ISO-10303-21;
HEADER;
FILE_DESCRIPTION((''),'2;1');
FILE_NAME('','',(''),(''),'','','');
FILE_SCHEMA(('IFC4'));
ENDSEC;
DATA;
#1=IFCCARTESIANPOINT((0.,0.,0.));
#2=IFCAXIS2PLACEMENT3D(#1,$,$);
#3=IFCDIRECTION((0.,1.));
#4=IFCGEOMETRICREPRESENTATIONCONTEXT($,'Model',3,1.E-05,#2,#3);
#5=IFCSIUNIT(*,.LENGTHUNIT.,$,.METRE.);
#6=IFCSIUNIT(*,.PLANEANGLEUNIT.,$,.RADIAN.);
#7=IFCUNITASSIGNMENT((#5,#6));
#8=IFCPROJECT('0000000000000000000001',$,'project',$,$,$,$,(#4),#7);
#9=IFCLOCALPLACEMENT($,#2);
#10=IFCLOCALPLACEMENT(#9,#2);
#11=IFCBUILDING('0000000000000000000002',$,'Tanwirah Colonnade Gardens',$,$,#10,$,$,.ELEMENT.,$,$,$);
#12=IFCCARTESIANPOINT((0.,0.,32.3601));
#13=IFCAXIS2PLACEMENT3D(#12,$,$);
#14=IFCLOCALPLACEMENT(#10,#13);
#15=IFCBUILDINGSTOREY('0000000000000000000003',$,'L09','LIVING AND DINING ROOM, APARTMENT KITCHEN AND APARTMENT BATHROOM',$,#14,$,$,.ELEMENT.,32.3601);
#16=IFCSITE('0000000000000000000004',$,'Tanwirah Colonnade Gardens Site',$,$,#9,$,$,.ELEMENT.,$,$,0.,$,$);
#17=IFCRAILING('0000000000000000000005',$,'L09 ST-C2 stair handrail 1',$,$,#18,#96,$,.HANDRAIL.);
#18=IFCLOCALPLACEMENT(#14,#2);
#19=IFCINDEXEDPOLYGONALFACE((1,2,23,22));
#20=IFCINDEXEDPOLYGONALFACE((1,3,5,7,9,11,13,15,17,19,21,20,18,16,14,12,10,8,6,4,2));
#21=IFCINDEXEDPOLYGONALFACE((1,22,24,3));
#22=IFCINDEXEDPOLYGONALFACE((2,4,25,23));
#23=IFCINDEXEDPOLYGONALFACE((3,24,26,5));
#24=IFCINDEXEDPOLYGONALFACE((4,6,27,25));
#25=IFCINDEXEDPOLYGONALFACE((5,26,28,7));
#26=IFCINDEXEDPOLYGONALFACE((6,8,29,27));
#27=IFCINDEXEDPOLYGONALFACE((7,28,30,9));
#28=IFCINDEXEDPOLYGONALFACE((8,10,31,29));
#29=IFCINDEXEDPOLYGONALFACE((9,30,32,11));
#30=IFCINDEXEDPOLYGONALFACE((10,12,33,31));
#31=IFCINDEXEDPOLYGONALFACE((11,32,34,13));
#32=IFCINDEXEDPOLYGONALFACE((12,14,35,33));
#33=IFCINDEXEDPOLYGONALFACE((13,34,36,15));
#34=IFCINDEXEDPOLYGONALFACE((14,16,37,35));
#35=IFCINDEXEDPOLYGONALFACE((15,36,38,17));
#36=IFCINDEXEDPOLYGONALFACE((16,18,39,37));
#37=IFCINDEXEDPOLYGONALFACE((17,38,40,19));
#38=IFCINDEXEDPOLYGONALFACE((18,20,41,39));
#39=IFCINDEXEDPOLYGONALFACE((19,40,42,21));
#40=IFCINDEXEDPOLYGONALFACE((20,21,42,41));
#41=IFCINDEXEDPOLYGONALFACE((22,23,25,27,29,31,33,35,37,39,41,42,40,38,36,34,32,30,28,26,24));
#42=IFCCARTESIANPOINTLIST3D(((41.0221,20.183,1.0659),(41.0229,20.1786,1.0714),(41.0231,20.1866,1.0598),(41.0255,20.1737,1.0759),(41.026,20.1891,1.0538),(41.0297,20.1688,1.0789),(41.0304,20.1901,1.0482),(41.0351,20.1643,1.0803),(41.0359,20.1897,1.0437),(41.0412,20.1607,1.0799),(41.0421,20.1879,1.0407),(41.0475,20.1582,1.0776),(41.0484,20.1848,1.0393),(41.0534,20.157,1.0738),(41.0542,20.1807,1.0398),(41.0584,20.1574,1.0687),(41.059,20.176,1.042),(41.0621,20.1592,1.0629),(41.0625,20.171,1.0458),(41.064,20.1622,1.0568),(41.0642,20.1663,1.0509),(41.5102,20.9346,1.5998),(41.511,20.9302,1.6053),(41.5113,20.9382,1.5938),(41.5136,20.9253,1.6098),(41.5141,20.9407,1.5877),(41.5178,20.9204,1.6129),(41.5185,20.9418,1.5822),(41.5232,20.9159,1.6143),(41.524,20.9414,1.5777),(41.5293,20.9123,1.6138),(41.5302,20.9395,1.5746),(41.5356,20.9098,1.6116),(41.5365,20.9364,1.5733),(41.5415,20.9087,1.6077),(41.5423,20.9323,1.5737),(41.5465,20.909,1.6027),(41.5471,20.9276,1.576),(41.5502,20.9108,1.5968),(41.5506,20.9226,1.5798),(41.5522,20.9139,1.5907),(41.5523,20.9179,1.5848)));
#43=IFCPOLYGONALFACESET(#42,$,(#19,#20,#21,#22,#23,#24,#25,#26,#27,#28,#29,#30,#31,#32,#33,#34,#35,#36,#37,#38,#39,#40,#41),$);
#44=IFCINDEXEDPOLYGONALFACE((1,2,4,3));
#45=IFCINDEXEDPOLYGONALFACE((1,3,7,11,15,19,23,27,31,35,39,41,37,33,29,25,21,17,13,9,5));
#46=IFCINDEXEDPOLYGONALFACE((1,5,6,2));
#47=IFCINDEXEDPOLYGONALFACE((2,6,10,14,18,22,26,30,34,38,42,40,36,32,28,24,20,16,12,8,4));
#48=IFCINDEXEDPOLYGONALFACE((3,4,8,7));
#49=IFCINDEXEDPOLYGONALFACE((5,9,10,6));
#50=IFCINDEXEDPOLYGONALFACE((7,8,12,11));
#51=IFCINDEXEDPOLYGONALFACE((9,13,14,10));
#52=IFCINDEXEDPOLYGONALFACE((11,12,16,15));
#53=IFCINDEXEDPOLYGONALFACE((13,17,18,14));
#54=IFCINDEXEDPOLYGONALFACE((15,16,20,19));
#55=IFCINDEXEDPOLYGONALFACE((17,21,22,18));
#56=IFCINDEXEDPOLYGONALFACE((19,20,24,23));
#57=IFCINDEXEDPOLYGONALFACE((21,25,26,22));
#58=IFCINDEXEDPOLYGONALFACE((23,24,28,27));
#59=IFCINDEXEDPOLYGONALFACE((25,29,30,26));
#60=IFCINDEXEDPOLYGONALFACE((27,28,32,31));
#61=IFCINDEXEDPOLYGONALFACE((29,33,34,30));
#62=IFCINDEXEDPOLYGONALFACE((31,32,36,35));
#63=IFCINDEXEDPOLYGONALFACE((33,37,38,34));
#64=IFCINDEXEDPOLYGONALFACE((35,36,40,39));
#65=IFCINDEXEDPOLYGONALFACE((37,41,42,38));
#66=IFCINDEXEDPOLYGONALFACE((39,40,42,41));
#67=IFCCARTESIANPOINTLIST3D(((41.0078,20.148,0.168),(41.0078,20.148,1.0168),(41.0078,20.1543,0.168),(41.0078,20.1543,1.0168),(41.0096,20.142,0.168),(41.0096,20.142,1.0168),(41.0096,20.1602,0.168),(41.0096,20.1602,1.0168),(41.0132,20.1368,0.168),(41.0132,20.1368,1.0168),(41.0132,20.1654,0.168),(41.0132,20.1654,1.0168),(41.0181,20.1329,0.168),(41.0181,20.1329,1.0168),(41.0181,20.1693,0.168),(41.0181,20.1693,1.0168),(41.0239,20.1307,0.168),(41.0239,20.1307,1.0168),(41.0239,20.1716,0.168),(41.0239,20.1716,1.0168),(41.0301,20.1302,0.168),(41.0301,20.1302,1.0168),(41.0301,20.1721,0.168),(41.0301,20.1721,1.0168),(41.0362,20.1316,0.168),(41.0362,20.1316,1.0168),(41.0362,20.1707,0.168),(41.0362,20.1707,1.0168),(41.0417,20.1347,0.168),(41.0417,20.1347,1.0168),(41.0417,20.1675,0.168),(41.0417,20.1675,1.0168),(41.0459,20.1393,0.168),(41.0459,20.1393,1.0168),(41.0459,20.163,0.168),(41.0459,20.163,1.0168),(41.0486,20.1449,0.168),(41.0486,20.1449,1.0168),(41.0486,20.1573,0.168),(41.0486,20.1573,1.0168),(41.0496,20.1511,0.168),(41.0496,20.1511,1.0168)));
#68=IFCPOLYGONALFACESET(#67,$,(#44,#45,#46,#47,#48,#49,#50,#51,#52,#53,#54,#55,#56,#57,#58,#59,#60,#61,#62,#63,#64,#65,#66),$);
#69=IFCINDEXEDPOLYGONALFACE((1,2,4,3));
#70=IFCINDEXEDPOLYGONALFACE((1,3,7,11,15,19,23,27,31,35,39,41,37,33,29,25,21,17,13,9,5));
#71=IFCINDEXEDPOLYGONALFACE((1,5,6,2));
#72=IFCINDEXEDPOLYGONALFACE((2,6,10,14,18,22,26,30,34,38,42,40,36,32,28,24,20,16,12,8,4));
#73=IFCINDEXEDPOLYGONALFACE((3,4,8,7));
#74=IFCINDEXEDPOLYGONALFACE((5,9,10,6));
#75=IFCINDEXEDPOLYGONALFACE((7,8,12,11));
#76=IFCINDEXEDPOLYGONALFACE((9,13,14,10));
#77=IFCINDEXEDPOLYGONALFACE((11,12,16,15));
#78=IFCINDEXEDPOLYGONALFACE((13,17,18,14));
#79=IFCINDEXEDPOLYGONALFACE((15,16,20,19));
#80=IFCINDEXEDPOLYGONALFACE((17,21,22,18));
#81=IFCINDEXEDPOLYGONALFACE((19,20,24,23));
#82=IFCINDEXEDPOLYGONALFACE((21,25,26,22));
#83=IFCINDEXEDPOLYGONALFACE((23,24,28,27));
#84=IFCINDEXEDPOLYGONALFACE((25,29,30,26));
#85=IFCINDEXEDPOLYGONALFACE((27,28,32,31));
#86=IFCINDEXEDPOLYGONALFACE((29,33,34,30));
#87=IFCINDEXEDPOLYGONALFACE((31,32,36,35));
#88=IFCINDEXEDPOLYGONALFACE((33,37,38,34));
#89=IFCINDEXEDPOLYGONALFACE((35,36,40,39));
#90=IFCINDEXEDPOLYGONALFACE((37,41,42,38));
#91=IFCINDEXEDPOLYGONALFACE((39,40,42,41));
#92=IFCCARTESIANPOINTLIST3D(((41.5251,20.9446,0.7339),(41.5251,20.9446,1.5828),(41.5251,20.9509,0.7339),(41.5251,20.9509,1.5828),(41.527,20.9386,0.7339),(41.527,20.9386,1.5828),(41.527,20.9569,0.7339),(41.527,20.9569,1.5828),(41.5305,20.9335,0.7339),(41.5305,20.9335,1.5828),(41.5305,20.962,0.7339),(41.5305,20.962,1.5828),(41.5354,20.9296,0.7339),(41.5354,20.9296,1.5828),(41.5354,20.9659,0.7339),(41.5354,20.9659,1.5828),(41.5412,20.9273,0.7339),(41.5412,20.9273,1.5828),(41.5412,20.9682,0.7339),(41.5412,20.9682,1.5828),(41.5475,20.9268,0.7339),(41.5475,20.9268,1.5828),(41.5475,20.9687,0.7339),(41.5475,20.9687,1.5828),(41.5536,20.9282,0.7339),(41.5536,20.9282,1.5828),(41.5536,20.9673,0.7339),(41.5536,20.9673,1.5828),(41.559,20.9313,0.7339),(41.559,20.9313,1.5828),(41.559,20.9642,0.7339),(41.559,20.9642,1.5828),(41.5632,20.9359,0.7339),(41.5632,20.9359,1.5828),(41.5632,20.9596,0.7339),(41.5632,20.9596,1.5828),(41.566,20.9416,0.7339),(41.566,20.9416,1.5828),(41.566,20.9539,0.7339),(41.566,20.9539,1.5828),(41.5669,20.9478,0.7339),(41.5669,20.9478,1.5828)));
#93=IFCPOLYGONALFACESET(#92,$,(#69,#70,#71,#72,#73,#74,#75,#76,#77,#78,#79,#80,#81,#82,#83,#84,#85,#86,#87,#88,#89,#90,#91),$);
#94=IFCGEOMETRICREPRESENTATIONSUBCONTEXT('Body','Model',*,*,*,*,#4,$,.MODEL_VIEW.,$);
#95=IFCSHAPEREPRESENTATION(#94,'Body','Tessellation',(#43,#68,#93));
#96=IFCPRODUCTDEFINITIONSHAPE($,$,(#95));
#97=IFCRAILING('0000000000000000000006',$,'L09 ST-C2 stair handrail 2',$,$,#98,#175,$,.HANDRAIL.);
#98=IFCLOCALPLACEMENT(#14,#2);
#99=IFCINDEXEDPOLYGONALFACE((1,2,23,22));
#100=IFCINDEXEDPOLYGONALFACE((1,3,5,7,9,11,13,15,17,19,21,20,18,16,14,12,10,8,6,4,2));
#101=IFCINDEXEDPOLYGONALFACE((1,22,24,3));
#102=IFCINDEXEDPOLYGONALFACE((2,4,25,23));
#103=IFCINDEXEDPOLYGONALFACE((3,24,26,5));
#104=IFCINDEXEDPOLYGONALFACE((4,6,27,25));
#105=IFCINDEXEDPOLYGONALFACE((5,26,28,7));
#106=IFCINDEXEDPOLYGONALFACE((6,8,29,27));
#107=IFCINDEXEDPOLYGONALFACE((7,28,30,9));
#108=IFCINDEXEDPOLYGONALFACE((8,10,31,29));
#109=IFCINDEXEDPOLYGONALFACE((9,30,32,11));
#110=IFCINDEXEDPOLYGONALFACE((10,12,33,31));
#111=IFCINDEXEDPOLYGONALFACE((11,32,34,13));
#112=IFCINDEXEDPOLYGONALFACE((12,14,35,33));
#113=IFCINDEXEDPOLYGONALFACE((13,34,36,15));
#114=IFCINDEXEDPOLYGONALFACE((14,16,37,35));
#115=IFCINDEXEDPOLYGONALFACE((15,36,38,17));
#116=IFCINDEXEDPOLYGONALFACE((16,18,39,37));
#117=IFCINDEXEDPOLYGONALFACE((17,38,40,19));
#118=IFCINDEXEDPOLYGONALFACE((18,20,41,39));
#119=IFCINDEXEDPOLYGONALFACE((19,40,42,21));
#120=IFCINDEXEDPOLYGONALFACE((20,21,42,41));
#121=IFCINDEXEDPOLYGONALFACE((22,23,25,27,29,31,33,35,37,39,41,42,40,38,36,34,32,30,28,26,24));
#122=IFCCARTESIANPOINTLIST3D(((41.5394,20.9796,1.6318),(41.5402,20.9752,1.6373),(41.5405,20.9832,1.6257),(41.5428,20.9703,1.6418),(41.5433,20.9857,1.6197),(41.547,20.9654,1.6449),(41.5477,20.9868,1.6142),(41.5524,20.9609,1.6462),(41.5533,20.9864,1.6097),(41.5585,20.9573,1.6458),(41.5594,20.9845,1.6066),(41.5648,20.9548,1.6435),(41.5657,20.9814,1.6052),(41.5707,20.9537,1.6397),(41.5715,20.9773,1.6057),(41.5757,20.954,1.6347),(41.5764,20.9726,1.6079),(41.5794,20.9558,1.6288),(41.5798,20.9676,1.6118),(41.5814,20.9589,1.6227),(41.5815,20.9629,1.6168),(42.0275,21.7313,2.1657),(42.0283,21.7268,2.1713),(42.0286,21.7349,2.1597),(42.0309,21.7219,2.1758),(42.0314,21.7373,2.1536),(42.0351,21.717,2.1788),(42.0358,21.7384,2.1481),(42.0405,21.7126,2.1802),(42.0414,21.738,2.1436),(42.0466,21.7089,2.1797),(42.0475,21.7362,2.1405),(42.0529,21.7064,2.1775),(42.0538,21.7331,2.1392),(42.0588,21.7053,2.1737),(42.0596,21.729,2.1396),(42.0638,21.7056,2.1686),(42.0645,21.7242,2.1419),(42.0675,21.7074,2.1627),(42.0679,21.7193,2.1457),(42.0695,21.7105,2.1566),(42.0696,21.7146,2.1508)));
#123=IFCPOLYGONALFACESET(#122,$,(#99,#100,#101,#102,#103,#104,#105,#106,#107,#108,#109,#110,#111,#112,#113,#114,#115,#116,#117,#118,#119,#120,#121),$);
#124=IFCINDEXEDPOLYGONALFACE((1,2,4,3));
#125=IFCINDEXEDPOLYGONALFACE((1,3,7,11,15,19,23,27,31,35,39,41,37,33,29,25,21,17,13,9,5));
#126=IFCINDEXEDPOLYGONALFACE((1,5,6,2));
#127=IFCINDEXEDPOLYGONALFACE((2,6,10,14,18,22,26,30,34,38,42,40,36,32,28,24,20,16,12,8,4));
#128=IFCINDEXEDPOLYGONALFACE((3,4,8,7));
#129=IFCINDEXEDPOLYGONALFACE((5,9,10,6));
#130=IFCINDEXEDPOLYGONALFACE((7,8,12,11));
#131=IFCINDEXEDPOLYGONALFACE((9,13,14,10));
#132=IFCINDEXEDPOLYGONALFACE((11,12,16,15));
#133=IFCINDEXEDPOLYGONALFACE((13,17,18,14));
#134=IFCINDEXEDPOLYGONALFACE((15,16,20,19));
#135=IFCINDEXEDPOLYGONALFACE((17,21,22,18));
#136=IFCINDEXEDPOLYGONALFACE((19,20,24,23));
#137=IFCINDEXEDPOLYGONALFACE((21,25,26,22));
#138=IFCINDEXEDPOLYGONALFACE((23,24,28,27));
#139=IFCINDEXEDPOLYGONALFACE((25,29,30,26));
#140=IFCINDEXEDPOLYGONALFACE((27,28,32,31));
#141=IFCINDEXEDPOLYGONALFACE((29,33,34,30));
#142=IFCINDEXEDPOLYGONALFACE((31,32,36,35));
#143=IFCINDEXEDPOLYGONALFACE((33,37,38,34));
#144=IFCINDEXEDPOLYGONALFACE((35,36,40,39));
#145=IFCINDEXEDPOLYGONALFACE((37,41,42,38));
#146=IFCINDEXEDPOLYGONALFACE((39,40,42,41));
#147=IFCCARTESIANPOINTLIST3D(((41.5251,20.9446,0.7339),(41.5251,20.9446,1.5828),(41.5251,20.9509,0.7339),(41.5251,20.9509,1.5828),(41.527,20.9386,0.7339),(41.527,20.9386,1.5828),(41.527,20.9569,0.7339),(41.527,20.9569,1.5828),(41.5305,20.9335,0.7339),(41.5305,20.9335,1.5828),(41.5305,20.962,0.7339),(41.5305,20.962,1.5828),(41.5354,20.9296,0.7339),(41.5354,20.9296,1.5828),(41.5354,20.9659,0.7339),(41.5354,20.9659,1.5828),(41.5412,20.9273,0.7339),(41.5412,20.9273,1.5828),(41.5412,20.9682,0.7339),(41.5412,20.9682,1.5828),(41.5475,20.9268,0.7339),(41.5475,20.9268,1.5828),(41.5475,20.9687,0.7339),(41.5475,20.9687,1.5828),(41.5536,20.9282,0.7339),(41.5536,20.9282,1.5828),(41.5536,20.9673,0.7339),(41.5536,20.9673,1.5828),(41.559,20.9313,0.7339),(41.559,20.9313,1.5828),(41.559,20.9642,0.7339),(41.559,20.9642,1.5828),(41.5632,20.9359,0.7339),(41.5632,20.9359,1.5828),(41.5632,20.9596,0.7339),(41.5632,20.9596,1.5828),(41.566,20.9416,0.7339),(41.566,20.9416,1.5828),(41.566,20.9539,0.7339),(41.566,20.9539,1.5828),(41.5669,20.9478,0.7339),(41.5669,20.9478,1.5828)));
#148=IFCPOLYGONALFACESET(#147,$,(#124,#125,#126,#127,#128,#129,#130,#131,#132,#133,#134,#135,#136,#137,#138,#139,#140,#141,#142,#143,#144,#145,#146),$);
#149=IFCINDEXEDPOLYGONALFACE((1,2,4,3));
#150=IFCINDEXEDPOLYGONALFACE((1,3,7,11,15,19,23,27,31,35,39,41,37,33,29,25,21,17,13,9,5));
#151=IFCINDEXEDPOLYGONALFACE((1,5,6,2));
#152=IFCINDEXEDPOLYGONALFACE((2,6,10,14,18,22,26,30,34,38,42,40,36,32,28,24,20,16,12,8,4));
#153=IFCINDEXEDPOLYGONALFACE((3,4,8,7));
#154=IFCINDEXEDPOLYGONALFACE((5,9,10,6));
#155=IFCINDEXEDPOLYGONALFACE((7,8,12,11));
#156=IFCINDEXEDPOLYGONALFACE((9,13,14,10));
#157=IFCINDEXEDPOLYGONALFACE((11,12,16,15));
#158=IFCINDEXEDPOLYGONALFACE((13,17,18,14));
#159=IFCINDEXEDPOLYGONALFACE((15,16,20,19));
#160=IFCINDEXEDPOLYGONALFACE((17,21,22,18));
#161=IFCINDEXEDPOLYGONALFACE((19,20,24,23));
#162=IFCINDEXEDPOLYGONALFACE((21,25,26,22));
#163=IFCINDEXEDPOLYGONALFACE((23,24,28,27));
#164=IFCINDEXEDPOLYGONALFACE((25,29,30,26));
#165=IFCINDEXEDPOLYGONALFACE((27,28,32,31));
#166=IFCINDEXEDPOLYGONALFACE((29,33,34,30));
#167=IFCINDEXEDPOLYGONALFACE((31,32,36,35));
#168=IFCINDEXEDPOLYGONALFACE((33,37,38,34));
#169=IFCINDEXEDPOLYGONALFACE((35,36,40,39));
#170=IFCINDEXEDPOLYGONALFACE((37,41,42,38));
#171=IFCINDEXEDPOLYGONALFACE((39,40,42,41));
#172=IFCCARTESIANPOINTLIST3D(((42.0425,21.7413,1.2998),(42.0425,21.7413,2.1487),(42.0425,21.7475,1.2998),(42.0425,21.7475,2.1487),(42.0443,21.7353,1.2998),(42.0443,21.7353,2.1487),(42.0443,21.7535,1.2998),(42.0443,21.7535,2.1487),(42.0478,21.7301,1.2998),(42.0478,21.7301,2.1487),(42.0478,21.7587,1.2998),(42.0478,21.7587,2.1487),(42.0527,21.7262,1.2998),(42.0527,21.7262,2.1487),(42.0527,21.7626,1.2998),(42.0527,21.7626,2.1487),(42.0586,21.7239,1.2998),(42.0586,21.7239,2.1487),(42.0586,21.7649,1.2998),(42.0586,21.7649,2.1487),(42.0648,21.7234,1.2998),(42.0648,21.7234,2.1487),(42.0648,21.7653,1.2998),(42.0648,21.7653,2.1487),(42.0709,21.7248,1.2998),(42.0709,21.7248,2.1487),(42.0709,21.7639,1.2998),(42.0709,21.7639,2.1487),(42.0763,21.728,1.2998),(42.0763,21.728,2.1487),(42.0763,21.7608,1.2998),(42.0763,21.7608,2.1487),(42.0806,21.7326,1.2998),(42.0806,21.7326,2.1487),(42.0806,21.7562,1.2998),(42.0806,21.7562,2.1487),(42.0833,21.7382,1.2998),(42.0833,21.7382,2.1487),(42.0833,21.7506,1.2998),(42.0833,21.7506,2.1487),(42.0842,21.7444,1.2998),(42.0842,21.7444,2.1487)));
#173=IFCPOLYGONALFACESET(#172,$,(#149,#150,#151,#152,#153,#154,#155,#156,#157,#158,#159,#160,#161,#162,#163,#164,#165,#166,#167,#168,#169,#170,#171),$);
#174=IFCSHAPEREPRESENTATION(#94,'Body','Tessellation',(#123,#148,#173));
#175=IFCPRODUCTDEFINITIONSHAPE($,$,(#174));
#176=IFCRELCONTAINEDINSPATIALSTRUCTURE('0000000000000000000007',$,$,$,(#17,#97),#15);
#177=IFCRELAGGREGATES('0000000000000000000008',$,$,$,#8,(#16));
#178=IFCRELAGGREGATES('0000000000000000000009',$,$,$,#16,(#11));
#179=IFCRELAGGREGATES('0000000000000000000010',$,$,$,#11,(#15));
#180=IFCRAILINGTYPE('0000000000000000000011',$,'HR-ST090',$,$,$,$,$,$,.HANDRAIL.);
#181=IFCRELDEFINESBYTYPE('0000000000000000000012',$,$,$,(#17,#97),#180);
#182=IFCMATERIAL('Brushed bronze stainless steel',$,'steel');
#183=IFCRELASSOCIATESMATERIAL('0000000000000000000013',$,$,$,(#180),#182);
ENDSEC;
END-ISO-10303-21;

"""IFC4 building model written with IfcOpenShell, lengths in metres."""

from ifc_helpers import new_model, si_unit, direction, frame, origin, origin_2d, place, context, subcontext, project, spatial, circle, extrude, material, type_object, element, save


model = new_model("IFC4")

# Units and contexts
model_context = context("Model", 3, precision=1e-05, world=origin(), true_north=direction((0.0, 1.0)))
body_context = subcontext(model_context, "Body", "Model", "MODEL_VIEW")
ifc_project = project(units=[si_unit("LENGTHUNIT", "METRE"), si_unit("PLANEANGLEUNIT", "RADIAN")], contexts=[model_context])

# Site, building, storey
site_placement = place(None, origin())
site = spatial("IfcSite", under=ifc_project, at=site_placement, Name="Tanwirah Colonnade Gardens Site", CompositionType="ELEMENT", RefElevation=0.0)
building_placement = place(site_placement, origin())
building = spatial("IfcBuilding", under=site, at=building_placement, Name="Tanwirah Colonnade Gardens", CompositionType="ELEMENT")
storey_placement = place(building_placement, frame((0.0, 0.0, 32.3601)))
storey = spatial("IfcBuildingStorey", under=building, at=storey_placement, Name="L09", Description="LIVING AND DINING ROOM, APARTMENT KITCHEN AND APARTMENT BATHROOM", CompositionType="ELEMENT", Elevation=32.3601)

# Railings
ifc_material_1 = material(Name="Brushed bronze stainless steel", Category="steel")
railing_type_1 = type_object("IfcRailingType", Name="HR-ST090", PredefinedType="HANDRAIL", material=ifc_material_1)
for number, where, name in (
    (1, (41.0286, 20.1511, 0.168), "L09 ST-C2 stair handrail 1"),
    (2, (41.5459, 20.9478, 0.7339), "L09 ST-C2 stair handrail 2"),
):
    element("IfcRailing", number, at=place(storey_placement, frame(where)), inside=storey, type_object=railing_type_1, Name=name, PredefinedType="HANDRAIL", context=body_context, shape_type="SweptSolid", body=[
        extrude(circle(Radius=0.0239, at=origin_2d()), frame((0.0146, 0.0225, 0.8918), z_axis=(0.46789, 0.720492, 0.51183), x_axis=(-0.838673, 0.544636, 0.0)), (0.0, 0.0, 1.0), 1.0432),
        extrude(circle(Radius=0.021, at=origin_2d()), origin(), (0.0, 0.0, 1.0), 0.8489),
        extrude(circle(Radius=0.021, at=origin_2d()), frame((0.5173, 0.7966, 0.5659)), (0.0, 0.0, 1.0), 0.8489),
    ])

save(model, "model.ifc")
